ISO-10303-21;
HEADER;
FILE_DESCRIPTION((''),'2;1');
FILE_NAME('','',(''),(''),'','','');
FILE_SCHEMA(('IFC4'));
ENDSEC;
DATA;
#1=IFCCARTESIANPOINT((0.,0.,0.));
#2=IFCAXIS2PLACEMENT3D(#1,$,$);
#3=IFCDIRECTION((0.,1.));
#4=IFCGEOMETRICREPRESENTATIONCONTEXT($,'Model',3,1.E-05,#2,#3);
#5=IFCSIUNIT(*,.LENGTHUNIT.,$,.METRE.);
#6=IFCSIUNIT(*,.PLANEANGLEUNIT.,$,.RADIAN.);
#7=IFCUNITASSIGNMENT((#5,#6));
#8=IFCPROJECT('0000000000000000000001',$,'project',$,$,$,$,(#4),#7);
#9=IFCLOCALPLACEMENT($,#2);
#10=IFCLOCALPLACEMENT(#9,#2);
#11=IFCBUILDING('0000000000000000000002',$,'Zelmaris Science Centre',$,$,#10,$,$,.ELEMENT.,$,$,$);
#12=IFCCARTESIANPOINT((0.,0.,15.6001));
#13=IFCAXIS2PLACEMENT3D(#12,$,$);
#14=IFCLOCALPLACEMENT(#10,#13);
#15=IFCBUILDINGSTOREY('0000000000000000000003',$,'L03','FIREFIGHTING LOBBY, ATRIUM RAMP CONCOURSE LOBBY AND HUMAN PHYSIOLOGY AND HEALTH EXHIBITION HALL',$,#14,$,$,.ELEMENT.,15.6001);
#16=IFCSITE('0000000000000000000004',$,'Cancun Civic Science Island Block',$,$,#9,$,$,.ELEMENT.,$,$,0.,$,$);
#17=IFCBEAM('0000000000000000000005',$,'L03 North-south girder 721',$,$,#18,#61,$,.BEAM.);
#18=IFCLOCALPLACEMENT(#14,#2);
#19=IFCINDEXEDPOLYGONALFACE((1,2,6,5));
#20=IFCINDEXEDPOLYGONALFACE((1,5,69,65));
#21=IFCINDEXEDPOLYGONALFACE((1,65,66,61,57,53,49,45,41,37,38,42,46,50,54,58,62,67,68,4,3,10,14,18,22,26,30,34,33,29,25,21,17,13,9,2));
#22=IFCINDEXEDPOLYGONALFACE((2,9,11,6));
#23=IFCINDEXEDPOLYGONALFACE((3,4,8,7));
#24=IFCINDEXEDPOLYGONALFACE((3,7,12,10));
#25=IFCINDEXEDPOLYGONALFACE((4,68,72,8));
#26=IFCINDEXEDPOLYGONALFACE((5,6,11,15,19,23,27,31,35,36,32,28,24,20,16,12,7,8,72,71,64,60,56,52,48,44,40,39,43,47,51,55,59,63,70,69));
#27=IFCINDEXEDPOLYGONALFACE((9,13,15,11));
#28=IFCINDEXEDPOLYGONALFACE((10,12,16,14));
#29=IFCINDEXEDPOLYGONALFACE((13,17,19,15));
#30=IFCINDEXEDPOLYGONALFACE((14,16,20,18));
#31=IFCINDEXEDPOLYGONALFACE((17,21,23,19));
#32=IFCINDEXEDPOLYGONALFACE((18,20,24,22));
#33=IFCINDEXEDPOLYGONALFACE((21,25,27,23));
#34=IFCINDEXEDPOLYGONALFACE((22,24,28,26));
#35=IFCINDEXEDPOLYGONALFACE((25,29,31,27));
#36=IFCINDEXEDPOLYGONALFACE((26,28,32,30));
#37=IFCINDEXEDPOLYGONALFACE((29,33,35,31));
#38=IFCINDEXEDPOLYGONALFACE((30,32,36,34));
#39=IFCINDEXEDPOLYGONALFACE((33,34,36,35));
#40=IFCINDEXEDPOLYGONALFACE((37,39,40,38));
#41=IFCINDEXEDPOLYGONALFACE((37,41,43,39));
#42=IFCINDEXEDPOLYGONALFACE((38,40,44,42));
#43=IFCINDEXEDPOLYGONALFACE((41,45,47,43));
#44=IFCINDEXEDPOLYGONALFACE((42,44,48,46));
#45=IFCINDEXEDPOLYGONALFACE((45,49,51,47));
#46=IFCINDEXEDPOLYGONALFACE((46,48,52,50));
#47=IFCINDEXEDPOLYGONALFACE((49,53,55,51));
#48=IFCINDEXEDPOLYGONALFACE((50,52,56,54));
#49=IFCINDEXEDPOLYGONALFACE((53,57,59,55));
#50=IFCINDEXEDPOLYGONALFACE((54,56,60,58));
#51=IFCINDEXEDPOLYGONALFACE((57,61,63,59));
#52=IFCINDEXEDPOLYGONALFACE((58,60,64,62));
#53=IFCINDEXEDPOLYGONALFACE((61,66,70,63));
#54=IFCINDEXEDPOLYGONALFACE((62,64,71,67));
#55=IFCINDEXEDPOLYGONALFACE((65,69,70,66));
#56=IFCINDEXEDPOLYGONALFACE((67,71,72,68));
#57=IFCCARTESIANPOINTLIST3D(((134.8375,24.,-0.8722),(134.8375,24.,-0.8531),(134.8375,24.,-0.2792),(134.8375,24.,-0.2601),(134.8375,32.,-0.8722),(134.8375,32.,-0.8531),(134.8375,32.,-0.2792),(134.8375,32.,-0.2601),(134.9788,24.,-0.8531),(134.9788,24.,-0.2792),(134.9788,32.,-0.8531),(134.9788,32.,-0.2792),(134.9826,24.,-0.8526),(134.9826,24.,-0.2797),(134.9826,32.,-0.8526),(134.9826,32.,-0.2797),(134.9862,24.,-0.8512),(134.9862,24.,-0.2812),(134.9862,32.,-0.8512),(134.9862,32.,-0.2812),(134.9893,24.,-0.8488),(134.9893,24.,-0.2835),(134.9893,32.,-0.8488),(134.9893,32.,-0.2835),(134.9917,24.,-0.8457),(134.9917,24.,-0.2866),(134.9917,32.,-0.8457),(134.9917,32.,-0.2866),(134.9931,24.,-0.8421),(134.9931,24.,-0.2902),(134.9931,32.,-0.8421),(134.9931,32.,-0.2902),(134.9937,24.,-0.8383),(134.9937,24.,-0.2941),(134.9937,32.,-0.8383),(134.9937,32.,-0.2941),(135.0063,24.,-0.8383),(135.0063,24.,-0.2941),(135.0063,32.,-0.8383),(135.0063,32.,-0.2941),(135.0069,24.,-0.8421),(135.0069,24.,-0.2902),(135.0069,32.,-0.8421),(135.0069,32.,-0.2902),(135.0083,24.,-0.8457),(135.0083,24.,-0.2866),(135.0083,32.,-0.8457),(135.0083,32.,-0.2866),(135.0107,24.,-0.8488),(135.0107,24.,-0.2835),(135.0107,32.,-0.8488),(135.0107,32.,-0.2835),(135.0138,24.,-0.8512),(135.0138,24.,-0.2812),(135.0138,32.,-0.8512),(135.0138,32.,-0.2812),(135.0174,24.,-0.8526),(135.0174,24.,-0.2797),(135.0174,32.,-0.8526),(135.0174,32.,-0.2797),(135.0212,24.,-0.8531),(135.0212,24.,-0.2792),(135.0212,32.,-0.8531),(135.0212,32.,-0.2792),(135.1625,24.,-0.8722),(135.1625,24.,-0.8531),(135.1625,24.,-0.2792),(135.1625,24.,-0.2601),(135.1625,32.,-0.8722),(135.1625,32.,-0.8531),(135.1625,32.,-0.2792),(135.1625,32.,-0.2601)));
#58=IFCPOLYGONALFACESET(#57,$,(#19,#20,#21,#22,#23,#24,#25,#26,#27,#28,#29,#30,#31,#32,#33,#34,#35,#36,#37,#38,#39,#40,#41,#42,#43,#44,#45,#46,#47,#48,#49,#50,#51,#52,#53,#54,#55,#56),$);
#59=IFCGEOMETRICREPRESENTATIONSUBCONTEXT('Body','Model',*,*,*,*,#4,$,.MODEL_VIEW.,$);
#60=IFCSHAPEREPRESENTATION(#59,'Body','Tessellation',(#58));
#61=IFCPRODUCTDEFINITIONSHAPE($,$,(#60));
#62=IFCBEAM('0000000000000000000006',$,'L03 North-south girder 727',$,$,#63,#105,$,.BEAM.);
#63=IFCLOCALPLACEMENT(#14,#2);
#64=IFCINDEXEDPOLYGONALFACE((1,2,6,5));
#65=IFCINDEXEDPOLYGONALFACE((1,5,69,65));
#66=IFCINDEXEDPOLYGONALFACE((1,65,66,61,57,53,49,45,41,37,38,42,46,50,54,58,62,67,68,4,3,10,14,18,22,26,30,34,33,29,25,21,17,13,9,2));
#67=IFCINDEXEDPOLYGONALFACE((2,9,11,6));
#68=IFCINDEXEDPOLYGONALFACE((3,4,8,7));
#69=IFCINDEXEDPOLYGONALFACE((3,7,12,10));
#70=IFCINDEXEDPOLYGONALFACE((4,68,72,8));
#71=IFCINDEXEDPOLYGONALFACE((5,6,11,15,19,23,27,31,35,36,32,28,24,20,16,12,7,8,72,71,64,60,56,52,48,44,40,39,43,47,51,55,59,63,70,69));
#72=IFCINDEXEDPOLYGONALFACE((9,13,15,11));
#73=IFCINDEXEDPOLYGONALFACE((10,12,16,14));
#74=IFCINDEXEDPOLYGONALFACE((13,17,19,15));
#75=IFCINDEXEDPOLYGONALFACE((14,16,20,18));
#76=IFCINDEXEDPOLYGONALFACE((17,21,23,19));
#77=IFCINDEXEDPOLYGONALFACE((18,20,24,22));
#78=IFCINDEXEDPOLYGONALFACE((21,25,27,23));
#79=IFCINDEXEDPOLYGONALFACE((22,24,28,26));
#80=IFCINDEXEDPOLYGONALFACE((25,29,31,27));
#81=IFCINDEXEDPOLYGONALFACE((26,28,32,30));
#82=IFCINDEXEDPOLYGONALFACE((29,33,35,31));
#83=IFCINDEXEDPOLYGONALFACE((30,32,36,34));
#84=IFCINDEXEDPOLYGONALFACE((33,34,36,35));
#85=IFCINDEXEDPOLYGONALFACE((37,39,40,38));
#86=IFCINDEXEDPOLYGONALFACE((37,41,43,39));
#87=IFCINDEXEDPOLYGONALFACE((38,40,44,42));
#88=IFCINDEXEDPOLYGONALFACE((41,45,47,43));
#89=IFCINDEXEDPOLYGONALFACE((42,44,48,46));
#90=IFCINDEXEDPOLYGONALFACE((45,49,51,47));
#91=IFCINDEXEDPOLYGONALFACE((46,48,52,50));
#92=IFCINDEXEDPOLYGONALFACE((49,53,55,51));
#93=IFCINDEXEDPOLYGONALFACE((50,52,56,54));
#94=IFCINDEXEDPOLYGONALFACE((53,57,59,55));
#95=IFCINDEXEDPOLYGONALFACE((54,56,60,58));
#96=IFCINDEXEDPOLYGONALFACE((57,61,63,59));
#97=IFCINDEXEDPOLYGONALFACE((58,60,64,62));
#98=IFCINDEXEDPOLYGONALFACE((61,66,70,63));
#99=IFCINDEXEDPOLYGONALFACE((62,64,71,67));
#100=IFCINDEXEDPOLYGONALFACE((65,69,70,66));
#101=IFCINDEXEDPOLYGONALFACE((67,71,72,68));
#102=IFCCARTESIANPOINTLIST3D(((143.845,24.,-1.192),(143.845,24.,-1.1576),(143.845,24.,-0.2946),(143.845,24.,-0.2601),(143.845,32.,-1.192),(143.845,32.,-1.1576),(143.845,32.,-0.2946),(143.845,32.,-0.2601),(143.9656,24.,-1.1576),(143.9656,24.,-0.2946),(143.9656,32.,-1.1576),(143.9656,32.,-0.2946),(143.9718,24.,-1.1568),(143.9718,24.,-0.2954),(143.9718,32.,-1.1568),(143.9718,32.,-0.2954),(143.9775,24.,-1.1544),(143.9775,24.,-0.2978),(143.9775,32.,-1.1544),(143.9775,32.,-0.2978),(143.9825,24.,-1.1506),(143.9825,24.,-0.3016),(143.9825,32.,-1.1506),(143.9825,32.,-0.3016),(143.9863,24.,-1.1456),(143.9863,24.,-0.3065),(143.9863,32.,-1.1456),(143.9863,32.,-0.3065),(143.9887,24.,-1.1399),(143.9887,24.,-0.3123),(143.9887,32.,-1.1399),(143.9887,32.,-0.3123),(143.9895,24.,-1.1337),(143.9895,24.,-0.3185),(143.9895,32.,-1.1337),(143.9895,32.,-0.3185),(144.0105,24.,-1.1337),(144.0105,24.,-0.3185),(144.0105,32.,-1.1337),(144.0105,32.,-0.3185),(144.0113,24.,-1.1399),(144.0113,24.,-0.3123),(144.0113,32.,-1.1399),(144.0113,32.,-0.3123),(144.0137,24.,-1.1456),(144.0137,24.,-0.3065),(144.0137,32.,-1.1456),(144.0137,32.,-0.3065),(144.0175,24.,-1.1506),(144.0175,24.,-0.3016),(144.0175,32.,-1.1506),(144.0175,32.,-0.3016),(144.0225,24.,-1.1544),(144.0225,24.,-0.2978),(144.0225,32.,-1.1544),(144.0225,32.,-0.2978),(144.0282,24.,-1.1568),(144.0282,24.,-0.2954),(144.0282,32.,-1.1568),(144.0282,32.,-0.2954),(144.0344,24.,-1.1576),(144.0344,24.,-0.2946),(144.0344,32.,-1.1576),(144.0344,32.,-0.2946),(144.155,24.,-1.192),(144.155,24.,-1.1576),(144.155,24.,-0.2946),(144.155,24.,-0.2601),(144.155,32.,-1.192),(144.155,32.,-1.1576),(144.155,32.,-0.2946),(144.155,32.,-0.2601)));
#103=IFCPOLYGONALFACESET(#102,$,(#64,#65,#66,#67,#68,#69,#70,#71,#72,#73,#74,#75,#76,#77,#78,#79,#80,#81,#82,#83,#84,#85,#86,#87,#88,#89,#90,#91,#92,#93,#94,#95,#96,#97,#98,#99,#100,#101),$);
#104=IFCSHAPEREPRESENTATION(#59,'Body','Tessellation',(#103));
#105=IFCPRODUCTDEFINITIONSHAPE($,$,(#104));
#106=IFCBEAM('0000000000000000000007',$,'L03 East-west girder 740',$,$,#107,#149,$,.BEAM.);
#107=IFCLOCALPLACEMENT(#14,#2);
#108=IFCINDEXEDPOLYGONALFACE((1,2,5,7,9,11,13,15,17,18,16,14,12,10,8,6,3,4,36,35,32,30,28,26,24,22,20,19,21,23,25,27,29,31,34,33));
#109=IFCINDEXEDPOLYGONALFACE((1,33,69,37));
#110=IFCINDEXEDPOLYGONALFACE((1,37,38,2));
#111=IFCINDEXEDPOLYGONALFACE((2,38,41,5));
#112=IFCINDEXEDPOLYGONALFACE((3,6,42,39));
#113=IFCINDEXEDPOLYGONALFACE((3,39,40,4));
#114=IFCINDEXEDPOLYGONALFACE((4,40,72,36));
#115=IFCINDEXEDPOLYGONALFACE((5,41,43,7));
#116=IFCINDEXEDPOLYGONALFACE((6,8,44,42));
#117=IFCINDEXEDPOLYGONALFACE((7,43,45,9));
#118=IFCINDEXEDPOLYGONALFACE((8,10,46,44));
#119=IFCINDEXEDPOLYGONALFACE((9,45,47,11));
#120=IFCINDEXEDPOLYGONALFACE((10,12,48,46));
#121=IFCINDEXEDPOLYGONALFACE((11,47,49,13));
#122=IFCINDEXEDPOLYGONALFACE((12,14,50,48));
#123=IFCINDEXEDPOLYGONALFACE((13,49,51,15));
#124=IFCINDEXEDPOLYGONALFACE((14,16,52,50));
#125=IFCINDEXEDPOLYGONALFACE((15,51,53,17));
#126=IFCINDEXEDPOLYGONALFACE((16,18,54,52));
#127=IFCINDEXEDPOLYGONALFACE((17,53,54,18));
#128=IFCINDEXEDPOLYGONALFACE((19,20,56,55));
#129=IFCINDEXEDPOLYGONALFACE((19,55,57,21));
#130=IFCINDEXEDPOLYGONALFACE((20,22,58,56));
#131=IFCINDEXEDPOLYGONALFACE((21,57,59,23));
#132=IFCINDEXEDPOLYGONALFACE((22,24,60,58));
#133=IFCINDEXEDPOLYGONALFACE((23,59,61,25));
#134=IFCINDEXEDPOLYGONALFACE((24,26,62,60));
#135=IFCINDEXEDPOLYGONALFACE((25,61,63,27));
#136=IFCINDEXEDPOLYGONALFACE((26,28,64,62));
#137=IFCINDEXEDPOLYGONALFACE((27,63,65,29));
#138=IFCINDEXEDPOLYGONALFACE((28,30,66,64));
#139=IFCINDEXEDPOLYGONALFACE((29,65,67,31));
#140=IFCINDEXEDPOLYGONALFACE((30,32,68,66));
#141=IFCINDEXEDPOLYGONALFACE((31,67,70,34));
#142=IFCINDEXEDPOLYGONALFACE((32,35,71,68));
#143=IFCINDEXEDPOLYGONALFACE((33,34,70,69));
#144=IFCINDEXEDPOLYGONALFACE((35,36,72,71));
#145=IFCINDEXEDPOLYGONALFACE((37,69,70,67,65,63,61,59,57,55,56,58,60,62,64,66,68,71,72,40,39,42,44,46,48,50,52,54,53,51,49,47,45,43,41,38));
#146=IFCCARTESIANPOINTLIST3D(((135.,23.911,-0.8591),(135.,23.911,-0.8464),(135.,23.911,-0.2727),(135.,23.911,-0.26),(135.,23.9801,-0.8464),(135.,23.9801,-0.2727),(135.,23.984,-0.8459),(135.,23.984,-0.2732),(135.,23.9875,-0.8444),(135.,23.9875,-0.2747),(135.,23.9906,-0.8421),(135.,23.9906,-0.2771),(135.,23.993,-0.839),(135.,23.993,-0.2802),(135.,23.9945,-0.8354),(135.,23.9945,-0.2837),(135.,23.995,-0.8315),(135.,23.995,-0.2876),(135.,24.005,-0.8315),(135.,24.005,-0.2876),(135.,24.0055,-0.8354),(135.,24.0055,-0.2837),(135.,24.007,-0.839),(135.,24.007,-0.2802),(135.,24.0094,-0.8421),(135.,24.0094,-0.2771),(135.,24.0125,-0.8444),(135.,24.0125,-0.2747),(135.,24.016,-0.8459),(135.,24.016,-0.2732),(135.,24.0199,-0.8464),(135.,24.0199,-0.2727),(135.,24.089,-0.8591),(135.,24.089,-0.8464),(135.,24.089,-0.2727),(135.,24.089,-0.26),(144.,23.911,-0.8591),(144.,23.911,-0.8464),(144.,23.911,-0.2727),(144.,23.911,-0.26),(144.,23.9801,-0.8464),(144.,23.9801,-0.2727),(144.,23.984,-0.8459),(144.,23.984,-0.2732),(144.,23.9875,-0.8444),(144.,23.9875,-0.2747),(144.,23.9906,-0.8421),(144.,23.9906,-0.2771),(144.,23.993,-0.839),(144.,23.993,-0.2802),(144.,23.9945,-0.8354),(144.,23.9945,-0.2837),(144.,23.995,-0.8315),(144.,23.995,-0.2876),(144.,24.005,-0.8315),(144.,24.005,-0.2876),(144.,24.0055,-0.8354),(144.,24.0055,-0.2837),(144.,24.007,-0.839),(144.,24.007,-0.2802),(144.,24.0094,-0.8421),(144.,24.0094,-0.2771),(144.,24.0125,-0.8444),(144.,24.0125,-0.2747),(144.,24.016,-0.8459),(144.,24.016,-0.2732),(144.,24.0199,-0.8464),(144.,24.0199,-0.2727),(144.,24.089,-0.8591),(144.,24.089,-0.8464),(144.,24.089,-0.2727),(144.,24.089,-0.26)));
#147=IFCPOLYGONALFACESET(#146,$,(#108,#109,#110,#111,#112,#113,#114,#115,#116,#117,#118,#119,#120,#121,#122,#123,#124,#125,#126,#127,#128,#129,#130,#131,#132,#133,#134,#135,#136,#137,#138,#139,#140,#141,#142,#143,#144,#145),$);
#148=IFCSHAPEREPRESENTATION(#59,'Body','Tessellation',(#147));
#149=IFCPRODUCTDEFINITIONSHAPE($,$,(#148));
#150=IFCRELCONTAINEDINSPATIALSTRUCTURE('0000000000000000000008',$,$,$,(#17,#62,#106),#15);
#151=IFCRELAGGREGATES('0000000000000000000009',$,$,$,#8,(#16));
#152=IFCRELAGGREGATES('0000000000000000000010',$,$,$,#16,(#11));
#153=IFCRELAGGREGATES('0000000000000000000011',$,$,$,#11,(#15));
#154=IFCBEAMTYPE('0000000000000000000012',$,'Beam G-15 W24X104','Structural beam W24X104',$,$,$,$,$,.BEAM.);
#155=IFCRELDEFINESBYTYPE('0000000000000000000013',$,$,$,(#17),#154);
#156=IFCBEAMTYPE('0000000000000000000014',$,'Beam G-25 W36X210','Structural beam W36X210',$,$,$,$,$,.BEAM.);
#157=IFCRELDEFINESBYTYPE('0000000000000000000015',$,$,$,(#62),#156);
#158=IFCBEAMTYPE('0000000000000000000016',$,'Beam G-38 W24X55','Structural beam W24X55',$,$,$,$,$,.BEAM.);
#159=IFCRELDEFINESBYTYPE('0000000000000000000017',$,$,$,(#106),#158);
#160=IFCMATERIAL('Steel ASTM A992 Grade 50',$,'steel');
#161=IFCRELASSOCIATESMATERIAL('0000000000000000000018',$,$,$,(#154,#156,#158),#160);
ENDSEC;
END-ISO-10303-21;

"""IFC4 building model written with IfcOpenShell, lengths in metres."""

from ifc_helpers import new_model, si_unit, direction, frame, origin, origin_2d, place, context, subcontext, project, spatial, i_section, extrude, material, material_profile, profile_set, type_object, element, save


model = new_model("IFC4")

# Units and contexts
model_context = context("Model", 3, precision=1e-05, world=origin(), true_north=direction((0.0, 1.0)))
body_context = subcontext(model_context, "Body", "Model", "MODEL_VIEW")
ifc_project = project(units=[si_unit("LENGTHUNIT", "METRE"), si_unit("PLANEANGLEUNIT", "RADIAN")], contexts=[model_context])

# Site, building, storey
site_placement = place(None, origin())
site = spatial("IfcSite", under=ifc_project, at=site_placement, Name="Cancun Civic Science Island Block", CompositionType="ELEMENT", RefElevation=0.0)
building_placement = place(site_placement, origin())
building = spatial("IfcBuilding", under=site, at=building_placement, Name="Zelmaris Science Centre", CompositionType="ELEMENT")
storey_placement = place(building_placement, frame((0.0, 0.0, 15.6001)))
storey = spatial("IfcBuildingStorey", under=building, at=storey_placement, Name="L03", Description="FIREFIGHTING LOBBY, ATRIUM RAMP CONCOURSE LOBBY AND HUMAN PHYSIOLOGY AND HEALTH EXHIBITION HALL", CompositionType="ELEMENT", Elevation=15.6001)

# Shared definitions
ifc_material_1 = material(Name="Steel ASTM A992 Grade 50", Category="steel")

# Beams
ifc_material_profile_1 = material_profile(ifc_material_1, i_section(OverallWidth=0.325, OverallDepth=0.6121, WebThickness=0.0127, FlangeThickness=0.019, FilletRadius=0.0149, at=origin_2d()), Name="W24X104")
ifc_profile_set_1 = profile_set([ifc_material_profile_1], Name="Steel ASTM A992 Grade 50")
beam_type_1 = type_object("IfcBeamType", Name="Beam G-15 W24X104", Description="Structural beam W24X104", PredefinedType="BEAM", material=ifc_profile_set_1)
beam_1_placement = place(storey_placement, frame((135.0, 24.0, -0.5662), z_axis=(0.0, 1.0, 0.0), x_axis=(-1.0, 0.0, 0.0)))
element("IfcBeam", 1, at=beam_1_placement, inside=storey, type_object=beam_type_1, Name="L03 North-south girder 721", PredefinedType="BEAM", context=body_context, shape_type="SweptSolid", body=[
    extrude(i_section(OverallWidth=0.325, OverallDepth=0.6121, WebThickness=0.0127, FlangeThickness=0.019, FilletRadius=0.0149, at=origin_2d()), origin(), (0.0, 0.0, 1.0), 8.0),
])
ifc_material_profile_2 = material_profile(ifc_material_1, i_section(OverallWidth=0.3101, OverallDepth=0.9319, WebThickness=0.021, FlangeThickness=0.0344, FilletRadius=0.0239, at=origin_2d()), Name="W36X210")
ifc_profile_set_2 = profile_set([ifc_material_profile_2], Name="Steel ASTM A992 Grade 50")
beam_type_2 = type_object("IfcBeamType", Name="Beam G-25 W36X210", Description="Structural beam W36X210", PredefinedType="BEAM", material=ifc_profile_set_2)
beam_2_placement = place(storey_placement, frame((144.0, 24.0, -0.7261), z_axis=(0.0, 1.0, 0.0), x_axis=(-1.0, 0.0, 0.0)))
element("IfcBeam", 2, at=beam_2_placement, inside=storey, type_object=beam_type_2, Name="L03 North-south girder 727", PredefinedType="BEAM", context=body_context, shape_type="SweptSolid", body=[
    extrude(i_section(OverallWidth=0.3101, OverallDepth=0.9319, WebThickness=0.021, FlangeThickness=0.0344, FilletRadius=0.0239, at=origin_2d()), origin(), (0.0, 0.0, 1.0), 8.0),
])
ifc_material_profile_3 = material_profile(ifc_material_1, i_section(OverallWidth=0.178, OverallDepth=0.5991, WebThickness=0.01, FlangeThickness=0.0127, FilletRadius=0.0149, at=origin_2d()), Name="W24X55")
ifc_profile_set_3 = profile_set([ifc_material_profile_3], Name="Steel ASTM A992 Grade 50")
beam_type_3 = type_object("IfcBeamType", Name="Beam G-38 W24X55", Description="Structural beam W24X55", PredefinedType="BEAM", material=ifc_profile_set_3)
beam_3_placement = place(storey_placement, frame((135.0, 24.0, -0.5596), z_axis=(1.0, 0.0, 0.0), x_axis=(0.0, 1.0, 0.0)))
element("IfcBeam", 3, at=beam_3_placement, inside=storey, type_object=beam_type_3, Name="L03 East-west girder 740", PredefinedType="BEAM", context=body_context, shape_type="SweptSolid", body=[
    extrude(i_section(OverallWidth=0.178, OverallDepth=0.5991, WebThickness=0.01, FlangeThickness=0.0127, FilletRadius=0.0149, at=origin_2d()), origin(), (0.0, 0.0, 1.0), 9.0),
])

save(model, "model.ifc")
